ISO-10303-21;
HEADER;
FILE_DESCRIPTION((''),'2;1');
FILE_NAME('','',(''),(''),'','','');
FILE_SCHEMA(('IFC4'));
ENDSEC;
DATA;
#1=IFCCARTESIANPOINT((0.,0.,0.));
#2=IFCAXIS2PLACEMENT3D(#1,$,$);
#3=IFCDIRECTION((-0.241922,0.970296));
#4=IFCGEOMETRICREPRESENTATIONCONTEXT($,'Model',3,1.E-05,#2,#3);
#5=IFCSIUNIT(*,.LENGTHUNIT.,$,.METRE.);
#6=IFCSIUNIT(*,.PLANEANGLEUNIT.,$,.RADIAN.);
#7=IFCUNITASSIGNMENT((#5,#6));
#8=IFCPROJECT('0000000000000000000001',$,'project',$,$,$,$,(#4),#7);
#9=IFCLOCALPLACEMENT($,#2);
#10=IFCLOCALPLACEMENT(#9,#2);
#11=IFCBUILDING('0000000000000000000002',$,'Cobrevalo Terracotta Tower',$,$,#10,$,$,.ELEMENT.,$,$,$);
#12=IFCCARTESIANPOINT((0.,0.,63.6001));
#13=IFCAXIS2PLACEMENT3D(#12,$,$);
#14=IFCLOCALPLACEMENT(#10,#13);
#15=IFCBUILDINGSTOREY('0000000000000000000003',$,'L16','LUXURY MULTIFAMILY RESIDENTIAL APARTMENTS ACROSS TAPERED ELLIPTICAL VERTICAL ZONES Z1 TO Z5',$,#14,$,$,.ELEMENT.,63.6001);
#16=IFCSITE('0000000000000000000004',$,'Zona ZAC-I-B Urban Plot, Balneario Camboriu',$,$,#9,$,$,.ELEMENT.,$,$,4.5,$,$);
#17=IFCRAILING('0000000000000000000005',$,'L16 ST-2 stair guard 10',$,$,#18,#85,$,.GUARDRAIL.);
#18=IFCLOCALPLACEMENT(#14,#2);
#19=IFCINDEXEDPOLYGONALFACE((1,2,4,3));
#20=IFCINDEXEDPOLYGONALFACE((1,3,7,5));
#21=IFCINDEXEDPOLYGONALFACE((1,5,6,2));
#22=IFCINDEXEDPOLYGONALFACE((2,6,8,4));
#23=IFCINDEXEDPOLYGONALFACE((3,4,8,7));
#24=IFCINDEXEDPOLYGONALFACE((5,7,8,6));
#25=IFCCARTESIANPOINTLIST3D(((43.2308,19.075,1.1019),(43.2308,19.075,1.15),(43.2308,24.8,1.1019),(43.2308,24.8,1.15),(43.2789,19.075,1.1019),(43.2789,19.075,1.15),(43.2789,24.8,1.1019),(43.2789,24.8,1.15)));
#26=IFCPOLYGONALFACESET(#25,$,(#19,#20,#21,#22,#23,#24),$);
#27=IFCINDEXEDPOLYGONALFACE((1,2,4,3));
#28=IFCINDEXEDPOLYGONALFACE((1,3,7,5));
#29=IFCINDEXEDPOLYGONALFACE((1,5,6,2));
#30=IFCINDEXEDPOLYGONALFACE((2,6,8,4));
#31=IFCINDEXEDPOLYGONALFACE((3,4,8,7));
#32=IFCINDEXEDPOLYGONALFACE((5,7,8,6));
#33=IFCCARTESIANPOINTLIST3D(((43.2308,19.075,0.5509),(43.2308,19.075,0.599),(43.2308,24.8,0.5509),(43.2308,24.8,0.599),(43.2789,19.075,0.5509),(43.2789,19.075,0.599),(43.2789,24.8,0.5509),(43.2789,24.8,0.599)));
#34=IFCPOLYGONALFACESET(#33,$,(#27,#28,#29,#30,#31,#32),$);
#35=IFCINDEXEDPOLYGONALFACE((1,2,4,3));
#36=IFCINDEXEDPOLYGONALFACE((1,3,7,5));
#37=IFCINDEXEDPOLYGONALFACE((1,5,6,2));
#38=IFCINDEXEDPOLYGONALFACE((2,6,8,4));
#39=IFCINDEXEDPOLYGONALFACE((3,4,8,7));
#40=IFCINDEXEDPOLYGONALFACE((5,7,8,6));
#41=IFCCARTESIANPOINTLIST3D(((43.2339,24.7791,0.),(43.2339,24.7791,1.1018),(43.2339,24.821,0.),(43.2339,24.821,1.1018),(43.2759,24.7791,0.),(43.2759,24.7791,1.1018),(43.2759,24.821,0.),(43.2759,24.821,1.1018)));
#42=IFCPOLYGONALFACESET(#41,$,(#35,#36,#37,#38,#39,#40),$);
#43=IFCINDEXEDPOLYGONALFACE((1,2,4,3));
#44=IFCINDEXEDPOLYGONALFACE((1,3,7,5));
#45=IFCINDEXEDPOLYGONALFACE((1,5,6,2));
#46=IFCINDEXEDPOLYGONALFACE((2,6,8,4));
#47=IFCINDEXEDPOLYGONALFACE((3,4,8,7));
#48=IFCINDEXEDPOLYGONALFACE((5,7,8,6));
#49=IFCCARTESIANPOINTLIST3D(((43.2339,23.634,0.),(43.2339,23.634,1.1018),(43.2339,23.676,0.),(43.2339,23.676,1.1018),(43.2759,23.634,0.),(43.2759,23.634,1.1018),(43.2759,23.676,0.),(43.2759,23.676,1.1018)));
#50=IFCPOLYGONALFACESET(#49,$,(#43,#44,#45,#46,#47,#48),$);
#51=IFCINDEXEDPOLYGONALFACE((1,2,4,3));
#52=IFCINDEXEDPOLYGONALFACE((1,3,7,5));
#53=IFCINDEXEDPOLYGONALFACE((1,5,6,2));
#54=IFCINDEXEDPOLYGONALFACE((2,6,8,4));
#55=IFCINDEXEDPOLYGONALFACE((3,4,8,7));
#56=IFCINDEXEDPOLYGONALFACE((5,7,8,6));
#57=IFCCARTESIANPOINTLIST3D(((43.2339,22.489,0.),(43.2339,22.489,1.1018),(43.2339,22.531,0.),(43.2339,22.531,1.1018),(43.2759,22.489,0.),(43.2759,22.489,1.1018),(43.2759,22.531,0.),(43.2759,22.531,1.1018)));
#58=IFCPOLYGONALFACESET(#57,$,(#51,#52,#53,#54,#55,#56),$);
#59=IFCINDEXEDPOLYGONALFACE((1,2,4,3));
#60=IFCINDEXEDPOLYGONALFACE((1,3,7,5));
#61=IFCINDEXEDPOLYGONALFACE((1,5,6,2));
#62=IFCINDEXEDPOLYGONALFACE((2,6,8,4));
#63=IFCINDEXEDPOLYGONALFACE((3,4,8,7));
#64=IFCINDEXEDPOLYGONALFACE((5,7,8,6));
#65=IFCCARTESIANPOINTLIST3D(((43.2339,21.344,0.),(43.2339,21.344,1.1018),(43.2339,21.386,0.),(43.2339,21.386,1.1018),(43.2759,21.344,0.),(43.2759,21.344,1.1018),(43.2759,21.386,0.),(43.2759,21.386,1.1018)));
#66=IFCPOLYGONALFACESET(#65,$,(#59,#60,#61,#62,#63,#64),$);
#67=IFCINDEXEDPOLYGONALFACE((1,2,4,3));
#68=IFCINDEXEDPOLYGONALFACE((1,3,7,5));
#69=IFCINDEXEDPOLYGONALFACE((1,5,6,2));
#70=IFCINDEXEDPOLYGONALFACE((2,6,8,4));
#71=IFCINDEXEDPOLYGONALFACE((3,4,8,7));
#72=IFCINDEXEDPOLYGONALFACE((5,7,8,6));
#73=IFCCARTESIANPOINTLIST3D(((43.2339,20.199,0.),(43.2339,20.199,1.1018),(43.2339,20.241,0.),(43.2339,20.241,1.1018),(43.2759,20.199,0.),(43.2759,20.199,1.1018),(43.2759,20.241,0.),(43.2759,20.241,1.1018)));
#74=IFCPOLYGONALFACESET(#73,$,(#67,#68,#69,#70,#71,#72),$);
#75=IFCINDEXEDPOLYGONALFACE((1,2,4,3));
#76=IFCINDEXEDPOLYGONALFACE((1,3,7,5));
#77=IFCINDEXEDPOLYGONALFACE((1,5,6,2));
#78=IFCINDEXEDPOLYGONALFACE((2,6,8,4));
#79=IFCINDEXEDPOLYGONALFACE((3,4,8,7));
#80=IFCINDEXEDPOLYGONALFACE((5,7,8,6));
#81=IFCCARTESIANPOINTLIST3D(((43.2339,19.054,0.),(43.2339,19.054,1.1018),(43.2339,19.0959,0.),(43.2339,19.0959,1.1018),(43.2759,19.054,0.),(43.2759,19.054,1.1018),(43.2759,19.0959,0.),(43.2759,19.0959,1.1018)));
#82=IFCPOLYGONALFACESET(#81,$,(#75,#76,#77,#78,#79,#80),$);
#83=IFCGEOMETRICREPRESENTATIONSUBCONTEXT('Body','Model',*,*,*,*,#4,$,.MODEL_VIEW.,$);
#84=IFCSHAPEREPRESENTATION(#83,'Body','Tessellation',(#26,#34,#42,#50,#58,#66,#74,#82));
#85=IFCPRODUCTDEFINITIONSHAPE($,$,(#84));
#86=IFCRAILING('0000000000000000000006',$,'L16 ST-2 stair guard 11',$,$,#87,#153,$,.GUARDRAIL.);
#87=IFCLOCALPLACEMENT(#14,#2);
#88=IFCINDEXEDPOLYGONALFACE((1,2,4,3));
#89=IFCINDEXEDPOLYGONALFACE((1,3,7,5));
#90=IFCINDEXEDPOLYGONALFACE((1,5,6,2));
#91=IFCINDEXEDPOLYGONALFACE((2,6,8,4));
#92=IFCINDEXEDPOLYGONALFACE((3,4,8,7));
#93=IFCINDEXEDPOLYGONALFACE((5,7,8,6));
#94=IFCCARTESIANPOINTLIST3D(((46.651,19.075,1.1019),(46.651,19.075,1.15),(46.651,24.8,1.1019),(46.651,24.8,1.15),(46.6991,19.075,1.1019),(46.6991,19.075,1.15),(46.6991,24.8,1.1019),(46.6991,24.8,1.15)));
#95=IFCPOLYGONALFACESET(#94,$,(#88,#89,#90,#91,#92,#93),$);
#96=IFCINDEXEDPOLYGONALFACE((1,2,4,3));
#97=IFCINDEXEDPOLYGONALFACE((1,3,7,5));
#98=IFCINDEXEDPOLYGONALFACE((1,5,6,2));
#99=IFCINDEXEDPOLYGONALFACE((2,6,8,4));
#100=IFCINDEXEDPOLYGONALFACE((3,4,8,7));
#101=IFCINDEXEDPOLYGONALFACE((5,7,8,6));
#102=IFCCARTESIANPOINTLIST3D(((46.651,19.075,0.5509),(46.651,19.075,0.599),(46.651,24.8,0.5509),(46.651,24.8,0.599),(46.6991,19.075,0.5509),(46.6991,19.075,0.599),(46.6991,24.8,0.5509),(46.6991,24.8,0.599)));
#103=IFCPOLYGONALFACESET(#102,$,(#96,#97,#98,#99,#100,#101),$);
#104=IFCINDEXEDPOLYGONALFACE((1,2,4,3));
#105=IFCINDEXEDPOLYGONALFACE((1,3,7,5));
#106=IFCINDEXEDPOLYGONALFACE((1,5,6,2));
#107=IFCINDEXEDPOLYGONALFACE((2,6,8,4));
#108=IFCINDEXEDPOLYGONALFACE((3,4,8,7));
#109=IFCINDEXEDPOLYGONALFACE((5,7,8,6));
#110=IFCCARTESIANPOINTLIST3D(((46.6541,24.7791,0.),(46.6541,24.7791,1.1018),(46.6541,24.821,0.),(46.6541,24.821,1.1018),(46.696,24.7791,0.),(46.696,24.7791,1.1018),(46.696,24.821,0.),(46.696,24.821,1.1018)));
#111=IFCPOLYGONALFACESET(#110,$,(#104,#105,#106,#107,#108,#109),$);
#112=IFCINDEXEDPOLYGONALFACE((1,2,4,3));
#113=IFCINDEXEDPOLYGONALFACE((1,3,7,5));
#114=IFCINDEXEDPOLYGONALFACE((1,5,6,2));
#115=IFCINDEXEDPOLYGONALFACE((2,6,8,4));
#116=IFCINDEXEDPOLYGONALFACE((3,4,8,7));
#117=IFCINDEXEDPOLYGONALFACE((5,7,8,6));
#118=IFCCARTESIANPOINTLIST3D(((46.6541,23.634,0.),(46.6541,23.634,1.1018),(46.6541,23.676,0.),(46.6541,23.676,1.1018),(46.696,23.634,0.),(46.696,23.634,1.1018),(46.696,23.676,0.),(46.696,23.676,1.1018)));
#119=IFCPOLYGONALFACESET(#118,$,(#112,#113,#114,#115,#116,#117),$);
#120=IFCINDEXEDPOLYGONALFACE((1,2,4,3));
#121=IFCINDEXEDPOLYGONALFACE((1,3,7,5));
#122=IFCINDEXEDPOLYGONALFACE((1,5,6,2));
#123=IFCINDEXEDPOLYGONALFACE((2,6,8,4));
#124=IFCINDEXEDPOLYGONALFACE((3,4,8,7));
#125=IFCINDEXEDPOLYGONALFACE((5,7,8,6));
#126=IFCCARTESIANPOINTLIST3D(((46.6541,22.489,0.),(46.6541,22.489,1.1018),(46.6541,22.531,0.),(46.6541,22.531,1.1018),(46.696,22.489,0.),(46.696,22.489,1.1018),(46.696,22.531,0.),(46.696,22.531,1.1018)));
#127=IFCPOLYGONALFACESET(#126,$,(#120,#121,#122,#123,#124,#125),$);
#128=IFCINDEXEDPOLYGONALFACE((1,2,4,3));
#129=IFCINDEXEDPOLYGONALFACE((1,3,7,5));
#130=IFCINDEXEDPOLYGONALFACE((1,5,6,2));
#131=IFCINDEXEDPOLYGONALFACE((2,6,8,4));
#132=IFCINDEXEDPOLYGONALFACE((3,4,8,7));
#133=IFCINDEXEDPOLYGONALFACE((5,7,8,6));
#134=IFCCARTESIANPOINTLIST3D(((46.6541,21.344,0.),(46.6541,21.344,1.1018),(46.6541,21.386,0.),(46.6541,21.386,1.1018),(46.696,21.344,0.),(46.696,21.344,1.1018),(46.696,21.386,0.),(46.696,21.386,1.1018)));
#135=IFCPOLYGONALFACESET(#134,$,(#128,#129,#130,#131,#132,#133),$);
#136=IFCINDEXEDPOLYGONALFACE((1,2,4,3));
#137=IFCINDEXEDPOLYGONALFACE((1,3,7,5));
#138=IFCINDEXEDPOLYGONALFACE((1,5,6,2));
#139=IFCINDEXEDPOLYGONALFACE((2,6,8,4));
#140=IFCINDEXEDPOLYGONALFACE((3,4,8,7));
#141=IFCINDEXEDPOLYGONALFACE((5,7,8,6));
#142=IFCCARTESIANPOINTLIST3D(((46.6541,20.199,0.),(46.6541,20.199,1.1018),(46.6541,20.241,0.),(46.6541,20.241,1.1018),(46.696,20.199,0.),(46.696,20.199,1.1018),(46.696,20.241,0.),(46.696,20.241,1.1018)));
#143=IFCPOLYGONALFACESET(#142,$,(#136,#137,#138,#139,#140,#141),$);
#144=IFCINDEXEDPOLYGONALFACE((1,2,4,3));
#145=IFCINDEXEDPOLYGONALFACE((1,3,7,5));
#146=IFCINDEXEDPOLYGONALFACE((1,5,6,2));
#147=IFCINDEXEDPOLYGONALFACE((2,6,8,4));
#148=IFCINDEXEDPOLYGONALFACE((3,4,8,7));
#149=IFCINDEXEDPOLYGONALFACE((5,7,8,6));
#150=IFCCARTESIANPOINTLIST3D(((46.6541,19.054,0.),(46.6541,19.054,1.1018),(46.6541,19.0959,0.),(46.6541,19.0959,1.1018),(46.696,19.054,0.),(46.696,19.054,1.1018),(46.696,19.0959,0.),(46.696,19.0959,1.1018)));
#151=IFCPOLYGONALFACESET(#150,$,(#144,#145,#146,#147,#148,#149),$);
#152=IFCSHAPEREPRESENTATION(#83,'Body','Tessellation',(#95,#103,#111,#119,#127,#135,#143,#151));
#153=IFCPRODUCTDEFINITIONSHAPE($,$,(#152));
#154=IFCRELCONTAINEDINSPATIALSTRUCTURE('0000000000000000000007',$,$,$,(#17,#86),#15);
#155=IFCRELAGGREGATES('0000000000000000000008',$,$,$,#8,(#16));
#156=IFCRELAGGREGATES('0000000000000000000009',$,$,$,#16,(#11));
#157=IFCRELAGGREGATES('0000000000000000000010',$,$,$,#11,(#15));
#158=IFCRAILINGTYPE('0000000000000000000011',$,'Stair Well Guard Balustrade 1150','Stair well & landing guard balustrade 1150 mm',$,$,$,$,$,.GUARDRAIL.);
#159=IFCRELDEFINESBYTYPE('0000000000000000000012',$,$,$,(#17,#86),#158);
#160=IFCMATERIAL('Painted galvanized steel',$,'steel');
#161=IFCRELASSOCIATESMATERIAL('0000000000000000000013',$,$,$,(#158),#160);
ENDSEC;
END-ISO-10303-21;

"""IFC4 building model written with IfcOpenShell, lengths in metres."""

from ifc_helpers import new_model, si_unit, direction, frame, origin, origin_2d, place, context, subcontext, project, spatial, rectangle, extrude, material, type_object, element, save


model = new_model("IFC4")

# Units and contexts
model_context = context("Model", 3, precision=1e-05, world=origin(), true_north=direction((-0.241922, 0.970296)))
body_context = subcontext(model_context, "Body", "Model", "MODEL_VIEW")
ifc_project = project(units=[si_unit("LENGTHUNIT", "METRE"), si_unit("PLANEANGLEUNIT", "RADIAN")], contexts=[model_context])

# Site, building, storey
site_placement = place(None, origin())
site = spatial("IfcSite", under=ifc_project, at=site_placement, Name="Zona ZAC-I-B Urban Plot, Balneario Camboriu", CompositionType="ELEMENT", RefElevation=4.5)
building_placement = place(site_placement, origin())
building = spatial("IfcBuilding", under=site, at=building_placement, Name="Cobrevalo Terracotta Tower", CompositionType="ELEMENT")
storey_placement = place(building_placement, frame((0.0, 0.0, 63.6001)))
storey = spatial("IfcBuildingStorey", under=building, at=storey_placement, Name="L16", Description="LUXURY MULTIFAMILY RESIDENTIAL APARTMENTS ACROSS TAPERED ELLIPTICAL VERTICAL ZONES Z1 TO Z5", CompositionType="ELEMENT", Elevation=63.6001)

# Railings
ifc_material_1 = material(Name="Painted galvanized steel", Category="steel")
railing_type = type_object("IfcRailingType", Name="Stair Well Guard Balustrade 1150", Description="Stair well & landing guard balustrade 1150 mm", PredefinedType="GUARDRAIL", material=ifc_material_1)
for number, where, name in (
    (1, (43.2549, 24.8, 0.0), "L16 ST-2 stair guard 10"),
    (2, (46.675, 24.8, 0.0), "L16 ST-2 stair guard 11"),
):
    element("IfcRailing", number, at=place(storey_placement, frame(where)), inside=storey, type_object=railing_type, Name=name, PredefinedType="GUARDRAIL", context=body_context, shape_type="SweptSolid", body=[
        extrude(rectangle(XDim=0.0481, YDim=0.0481, at=origin_2d()), frame((0.0, 0.0, 1.126), z_axis=(0.0, -1.0, 0.0), x_axis=(1.0, 0.0, 0.0)), (0.0, 0.0, 1.0), 5.7251),
        extrude(rectangle(XDim=0.0481, YDim=0.0481, at=origin_2d()), frame((0.0, 0.0, 0.575), z_axis=(0.0, -1.0, 0.0), x_axis=(1.0, 0.0, 0.0)), (0.0, 0.0, 1.0), 5.7251),
        extrude(rectangle(XDim=0.042, YDim=0.042, at=origin_2d()), origin(), (0.0, 0.0, 1.0), 1.1018),
        extrude(rectangle(XDim=0.042, YDim=0.042, at=origin_2d()), frame((0.0, -1.145, 0.0)), (0.0, 0.0, 1.0), 1.1018),
        extrude(rectangle(XDim=0.042, YDim=0.042, at=origin_2d()), frame((0.0, -2.29, 0.0)), (0.0, 0.0, 1.0), 1.1018),
        extrude(rectangle(XDim=0.042, YDim=0.042, at=origin_2d()), frame((0.0, -3.4351, 0.0)), (0.0, 0.0, 1.0), 1.1018),
        extrude(rectangle(XDim=0.042, YDim=0.042, at=origin_2d()), frame((0.0, -4.5801, 0.0)), (0.0, 0.0, 1.0), 1.1018),
        extrude(rectangle(XDim=0.042, YDim=0.042, at=origin_2d()), frame((0.0, -5.7251, 0.0)), (0.0, 0.0, 1.0), 1.1018),
    ])

save(model, "model.ifc")
